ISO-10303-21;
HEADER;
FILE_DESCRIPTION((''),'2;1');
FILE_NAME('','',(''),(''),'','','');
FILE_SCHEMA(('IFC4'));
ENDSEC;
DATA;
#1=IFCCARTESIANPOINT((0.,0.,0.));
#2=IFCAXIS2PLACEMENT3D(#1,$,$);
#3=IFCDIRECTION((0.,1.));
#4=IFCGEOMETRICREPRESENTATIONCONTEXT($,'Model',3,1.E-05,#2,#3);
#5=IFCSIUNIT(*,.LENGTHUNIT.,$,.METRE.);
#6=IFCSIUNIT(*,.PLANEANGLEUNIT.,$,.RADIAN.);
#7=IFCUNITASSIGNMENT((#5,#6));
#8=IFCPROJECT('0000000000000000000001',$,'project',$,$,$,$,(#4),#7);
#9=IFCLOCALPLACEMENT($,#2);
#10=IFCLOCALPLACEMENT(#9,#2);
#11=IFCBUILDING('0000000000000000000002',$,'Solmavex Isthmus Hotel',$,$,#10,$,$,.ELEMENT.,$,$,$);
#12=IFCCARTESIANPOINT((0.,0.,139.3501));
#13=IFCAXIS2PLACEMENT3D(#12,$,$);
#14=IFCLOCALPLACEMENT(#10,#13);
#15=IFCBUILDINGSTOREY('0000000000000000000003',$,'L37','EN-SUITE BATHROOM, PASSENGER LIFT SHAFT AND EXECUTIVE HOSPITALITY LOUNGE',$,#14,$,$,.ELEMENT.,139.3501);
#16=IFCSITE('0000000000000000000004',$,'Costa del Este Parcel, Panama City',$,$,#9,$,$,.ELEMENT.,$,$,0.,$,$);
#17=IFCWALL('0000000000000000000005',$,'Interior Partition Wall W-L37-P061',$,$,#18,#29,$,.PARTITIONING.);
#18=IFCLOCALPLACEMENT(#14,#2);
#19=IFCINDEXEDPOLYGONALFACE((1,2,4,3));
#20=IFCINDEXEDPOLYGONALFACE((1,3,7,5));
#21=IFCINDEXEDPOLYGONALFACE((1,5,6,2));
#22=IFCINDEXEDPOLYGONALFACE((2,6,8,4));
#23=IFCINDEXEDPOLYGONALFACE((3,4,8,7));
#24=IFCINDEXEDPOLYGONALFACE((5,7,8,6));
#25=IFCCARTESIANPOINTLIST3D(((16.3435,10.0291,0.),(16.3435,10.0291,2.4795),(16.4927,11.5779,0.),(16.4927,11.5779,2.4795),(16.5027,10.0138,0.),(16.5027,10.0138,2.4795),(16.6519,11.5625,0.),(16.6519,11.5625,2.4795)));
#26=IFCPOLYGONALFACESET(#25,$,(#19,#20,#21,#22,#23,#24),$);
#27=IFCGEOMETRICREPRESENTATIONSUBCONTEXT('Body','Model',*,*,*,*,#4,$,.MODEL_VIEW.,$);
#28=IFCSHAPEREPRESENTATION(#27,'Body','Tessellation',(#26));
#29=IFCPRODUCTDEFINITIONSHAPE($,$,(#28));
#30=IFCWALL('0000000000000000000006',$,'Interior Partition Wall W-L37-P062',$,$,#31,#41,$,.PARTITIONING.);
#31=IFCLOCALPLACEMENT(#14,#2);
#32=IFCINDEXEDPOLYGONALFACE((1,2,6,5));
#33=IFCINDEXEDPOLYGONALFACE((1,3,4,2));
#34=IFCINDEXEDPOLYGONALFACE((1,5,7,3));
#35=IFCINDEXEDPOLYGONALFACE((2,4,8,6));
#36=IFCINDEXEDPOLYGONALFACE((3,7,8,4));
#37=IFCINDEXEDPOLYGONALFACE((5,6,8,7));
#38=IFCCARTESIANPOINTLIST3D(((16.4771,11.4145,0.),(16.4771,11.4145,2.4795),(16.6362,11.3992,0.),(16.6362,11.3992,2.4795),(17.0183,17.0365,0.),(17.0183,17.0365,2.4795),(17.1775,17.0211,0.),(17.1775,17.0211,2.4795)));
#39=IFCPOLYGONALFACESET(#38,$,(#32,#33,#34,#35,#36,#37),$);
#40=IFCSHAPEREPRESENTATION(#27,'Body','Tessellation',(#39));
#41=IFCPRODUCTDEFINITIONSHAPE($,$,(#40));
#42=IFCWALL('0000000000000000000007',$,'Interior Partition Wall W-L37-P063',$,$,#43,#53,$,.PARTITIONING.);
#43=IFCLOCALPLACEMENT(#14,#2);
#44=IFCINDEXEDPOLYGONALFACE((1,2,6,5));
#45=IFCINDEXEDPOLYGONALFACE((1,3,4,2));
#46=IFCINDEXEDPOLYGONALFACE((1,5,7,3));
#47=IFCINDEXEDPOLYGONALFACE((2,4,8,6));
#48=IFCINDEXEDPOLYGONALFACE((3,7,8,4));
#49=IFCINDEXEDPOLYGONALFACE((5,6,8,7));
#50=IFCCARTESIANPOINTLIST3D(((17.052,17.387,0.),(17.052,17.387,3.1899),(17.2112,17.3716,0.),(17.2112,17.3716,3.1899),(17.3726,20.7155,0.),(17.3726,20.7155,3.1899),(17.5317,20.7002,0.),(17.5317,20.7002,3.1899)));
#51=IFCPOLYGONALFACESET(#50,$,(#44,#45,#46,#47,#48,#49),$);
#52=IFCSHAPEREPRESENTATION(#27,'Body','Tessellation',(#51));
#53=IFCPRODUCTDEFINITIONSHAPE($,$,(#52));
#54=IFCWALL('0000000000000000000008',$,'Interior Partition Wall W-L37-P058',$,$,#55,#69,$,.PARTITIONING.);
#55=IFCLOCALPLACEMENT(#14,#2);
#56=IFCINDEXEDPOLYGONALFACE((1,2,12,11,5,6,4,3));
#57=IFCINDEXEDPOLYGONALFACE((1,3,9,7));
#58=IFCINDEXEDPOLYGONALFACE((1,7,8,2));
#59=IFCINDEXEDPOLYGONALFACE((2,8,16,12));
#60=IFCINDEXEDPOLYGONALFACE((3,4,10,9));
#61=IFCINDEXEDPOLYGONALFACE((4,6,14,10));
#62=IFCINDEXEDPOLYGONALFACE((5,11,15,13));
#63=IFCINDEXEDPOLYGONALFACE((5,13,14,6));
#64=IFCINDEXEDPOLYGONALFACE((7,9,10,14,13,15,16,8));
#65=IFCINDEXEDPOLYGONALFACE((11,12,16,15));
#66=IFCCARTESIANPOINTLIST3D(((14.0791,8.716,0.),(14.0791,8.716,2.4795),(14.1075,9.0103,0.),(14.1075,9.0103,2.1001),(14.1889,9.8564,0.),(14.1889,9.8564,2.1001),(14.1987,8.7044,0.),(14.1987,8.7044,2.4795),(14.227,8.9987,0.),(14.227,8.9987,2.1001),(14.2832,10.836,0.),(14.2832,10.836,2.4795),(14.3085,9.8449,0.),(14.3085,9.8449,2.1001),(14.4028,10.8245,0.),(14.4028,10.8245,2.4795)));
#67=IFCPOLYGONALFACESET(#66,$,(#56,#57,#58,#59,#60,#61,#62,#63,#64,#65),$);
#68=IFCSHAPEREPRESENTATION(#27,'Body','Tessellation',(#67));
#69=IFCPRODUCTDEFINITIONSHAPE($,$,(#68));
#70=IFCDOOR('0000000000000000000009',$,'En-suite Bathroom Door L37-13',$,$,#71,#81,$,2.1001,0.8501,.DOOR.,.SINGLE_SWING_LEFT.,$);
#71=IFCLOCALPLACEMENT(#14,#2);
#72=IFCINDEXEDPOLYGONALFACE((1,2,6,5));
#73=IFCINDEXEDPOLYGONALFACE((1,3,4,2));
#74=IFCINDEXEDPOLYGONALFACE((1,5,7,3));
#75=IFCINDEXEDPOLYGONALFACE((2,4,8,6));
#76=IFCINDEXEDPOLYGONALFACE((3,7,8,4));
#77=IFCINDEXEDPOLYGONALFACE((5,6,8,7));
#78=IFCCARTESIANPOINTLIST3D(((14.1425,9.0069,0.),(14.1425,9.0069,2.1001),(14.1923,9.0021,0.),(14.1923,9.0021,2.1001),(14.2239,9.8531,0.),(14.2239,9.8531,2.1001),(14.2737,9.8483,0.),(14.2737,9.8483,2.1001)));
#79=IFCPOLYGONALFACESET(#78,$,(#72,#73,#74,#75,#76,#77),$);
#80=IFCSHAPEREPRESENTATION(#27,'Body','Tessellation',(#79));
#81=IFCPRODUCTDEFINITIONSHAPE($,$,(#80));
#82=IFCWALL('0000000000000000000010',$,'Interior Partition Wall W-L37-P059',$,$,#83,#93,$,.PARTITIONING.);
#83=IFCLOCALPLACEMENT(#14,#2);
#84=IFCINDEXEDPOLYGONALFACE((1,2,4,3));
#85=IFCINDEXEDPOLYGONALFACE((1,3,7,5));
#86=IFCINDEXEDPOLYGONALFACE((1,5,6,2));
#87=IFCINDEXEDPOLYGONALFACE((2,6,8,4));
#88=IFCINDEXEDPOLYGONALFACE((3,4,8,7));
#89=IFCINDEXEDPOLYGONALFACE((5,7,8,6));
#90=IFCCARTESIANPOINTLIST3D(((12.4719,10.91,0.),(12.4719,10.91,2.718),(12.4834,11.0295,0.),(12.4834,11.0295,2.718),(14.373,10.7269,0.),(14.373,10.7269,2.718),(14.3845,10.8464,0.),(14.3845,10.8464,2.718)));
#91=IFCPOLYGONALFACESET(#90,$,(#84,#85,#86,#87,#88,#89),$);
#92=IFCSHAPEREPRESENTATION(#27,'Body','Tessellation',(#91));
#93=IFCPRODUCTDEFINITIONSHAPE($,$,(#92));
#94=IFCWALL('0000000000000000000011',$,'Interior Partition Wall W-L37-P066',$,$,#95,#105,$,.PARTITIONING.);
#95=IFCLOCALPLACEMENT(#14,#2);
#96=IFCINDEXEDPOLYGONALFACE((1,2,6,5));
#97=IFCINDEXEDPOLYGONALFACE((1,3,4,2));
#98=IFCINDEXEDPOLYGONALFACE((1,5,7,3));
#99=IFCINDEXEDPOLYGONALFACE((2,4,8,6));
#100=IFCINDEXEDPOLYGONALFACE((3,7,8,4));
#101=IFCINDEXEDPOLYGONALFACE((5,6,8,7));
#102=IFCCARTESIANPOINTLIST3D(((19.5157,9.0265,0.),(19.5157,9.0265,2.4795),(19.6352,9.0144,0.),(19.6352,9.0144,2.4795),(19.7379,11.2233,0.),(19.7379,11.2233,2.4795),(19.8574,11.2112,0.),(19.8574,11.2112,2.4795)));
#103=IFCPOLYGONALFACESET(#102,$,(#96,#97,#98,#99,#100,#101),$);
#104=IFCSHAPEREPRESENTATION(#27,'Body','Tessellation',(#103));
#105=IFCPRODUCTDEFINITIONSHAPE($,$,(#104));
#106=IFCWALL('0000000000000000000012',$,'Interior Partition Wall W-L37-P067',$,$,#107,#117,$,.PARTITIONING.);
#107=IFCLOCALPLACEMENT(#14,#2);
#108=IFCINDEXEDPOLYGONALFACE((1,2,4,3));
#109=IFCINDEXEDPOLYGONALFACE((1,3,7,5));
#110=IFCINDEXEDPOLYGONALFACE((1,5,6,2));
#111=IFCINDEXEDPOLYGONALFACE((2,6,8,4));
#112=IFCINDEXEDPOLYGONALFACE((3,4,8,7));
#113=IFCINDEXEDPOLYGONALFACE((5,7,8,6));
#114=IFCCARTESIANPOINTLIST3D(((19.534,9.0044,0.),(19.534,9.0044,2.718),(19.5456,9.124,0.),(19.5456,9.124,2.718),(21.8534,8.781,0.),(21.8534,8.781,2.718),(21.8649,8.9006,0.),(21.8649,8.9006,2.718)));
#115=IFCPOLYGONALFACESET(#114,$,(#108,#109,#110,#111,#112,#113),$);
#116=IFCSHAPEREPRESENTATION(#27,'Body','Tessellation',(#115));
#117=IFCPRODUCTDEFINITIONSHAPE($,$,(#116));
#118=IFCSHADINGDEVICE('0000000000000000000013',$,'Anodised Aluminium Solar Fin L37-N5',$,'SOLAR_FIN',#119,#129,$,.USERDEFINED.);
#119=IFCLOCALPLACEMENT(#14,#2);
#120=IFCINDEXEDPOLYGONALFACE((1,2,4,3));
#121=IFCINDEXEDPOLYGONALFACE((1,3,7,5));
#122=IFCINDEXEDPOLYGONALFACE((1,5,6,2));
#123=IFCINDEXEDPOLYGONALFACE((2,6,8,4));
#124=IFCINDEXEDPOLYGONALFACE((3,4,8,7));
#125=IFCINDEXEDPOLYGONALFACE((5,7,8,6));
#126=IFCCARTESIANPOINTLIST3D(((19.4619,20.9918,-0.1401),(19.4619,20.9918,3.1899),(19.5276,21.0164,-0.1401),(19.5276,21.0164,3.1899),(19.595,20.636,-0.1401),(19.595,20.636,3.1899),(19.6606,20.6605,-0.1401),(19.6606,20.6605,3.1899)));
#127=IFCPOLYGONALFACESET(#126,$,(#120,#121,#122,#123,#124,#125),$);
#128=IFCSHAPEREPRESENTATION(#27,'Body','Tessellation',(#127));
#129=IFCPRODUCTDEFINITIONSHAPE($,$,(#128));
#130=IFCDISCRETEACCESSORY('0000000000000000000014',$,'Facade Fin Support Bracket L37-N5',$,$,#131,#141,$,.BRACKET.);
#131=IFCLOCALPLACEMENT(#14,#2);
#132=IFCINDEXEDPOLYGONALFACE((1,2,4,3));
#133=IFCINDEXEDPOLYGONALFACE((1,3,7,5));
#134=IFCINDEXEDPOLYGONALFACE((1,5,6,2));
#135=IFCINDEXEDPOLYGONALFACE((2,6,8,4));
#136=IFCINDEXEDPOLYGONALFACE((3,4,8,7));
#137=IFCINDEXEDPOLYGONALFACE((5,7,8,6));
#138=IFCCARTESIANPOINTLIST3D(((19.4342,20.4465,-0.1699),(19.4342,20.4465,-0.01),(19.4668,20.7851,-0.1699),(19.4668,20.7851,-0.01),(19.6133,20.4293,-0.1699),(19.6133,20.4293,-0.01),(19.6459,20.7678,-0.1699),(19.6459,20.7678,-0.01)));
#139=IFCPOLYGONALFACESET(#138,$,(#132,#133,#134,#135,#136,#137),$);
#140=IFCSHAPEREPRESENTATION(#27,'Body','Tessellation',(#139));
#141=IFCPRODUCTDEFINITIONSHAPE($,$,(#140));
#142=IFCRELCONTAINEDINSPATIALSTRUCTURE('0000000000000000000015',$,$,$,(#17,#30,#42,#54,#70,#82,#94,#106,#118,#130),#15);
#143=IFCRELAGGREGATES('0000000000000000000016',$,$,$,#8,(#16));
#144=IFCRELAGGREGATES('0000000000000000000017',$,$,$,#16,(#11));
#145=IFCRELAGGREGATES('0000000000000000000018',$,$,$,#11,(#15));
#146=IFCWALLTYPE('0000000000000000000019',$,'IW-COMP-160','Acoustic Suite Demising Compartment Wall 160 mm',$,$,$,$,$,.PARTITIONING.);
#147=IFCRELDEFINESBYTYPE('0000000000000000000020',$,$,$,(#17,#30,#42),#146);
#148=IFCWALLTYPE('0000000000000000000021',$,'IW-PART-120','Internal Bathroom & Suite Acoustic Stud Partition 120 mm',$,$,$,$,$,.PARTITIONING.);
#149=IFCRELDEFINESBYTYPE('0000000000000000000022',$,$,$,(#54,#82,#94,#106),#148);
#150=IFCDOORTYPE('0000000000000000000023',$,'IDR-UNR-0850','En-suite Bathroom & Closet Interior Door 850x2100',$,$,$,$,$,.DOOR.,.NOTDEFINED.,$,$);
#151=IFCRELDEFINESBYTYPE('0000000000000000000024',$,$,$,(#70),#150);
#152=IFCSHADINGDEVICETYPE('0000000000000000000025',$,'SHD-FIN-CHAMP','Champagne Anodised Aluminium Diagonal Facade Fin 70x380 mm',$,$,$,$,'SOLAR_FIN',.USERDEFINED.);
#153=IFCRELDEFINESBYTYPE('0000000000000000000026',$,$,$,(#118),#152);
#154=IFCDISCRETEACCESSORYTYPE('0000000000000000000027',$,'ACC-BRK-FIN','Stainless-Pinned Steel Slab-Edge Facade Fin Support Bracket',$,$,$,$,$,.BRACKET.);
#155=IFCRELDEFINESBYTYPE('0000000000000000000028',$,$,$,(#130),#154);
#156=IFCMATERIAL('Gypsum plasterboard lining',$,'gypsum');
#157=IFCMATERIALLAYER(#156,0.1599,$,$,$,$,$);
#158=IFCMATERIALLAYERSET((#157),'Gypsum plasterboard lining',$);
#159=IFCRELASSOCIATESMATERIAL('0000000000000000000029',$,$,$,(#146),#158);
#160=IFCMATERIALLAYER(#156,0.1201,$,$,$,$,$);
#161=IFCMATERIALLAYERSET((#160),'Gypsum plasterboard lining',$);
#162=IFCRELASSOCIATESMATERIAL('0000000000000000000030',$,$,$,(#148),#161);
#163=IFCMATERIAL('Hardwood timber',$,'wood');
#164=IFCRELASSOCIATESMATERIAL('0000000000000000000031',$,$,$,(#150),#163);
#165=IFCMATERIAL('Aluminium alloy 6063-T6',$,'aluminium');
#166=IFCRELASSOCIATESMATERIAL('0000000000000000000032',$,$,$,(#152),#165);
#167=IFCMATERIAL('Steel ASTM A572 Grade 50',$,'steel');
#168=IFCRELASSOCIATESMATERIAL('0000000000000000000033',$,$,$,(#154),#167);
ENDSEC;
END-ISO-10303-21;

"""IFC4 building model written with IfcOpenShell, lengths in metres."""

from ifc_helpers import new_model, si_unit, direction, frame, frame_2d, origin, origin_2d, place, context, subcontext, project, spatial, rectangle, extrude, material, layer, layer_set, type_object, element, fill, save


model = new_model("IFC4")

# Units and contexts
model_context = context("Model", 3, precision=1e-05, world=origin(), true_north=direction((0.0, 1.0)))
body_context = subcontext(model_context, "Body", "Model", "MODEL_VIEW")
ifc_project = project(units=[si_unit("LENGTHUNIT", "METRE"), si_unit("PLANEANGLEUNIT", "RADIAN")], contexts=[model_context])

# Site, building, storey
site_placement = place(None, origin())
site = spatial("IfcSite", under=ifc_project, at=site_placement, Name="Costa del Este Parcel, Panama City", CompositionType="ELEMENT", RefElevation=0.0)
building_placement = place(site_placement, origin())
building = spatial("IfcBuilding", under=site, at=building_placement, Name="Solmavex Isthmus Hotel", CompositionType="ELEMENT")
storey_placement = place(building_placement, frame((0.0, 0.0, 139.3501)))
storey = spatial("IfcBuildingStorey", under=building, at=storey_placement, Name="L37", Description="EN-SUITE BATHROOM, PASSENGER LIFT SHAFT AND EXECUTIVE HOSPITALITY LOUNGE", CompositionType="ELEMENT", Elevation=139.3501)

# Shared definitions
ifc_material_1 = material(Name="Aluminium alloy 6063-T6", Category="aluminium")

# Walls
ifc_material_2 = material(Name="Gypsum plasterboard lining", Category="gypsum")
ifc_layer_1 = layer(ifc_material_2, 0.1599)
ifc_layer_set_1 = layer_set([ifc_layer_1], Name="Gypsum plasterboard lining")
wall_type_1 = type_object("IfcWallType", Name="IW-COMP-160", Description="Acoustic Suite Demising Compartment Wall 160 mm", PredefinedType="PARTITIONING", material=ifc_layer_set_1)
wall_1_placement = place(storey_placement, frame((16.5723, 11.5701, 0.0), z_axis=(0.0, 0.0, 1.0), x_axis=(-0.095868, -0.995394, 0.0)))
element("IfcWall", 1, at=wall_1_placement, inside=storey, type_object=wall_type_1, Name="Interior Partition Wall W-L37-P061", PredefinedType="PARTITIONING", context=body_context, shape_type="SweptSolid", body=[
    extrude(rectangle(XDim=1.5559, YDim=0.1599, at=frame_2d((0.7778, 0.0))), origin(), (0.0, 0.0, 1.0), 2.4795),
])
wall_2_placement = place(storey_placement, frame((17.0979, 17.0288, 0.0), z_axis=(0.0, 0.0, 1.0), x_axis=(-0.095831, -0.995398, 0.0)))
element("IfcWall", 2, at=wall_2_placement, inside=storey, type_object=wall_type_1, Name="Interior Partition Wall W-L37-P062", PredefinedType="PARTITIONING", context=body_context, shape_type="SweptSolid", body=[
    extrude(rectangle(XDim=5.6479, YDim=0.1599, at=frame_2d((2.824, 0.0))), origin(), (0.0, 0.0, 1.0), 2.4795),
])
wall_3_placement = place(storey_placement, frame((17.4521, 20.7078, 0.0), z_axis=(0.0, 0.0, 1.0), x_axis=(-0.09586, -0.995395, 0.0)))
element("IfcWall", 3, at=wall_3_placement, inside=storey, type_object=wall_type_1, Name="Interior Partition Wall W-L37-P063", PredefinedType="PARTITIONING", context=body_context, shape_type="SweptSolid", body=[
    extrude(rectangle(XDim=3.344, YDim=0.1599, at=frame_2d((1.6719, 0.0))), origin(), (0.0, 0.0, 1.0), 3.1899),
])

# Wall, opening, door
ifc_material_3 = material(Name="Hardwood timber", Category="wood")
ifc_layer_2 = layer(ifc_material_2, 0.1201)
ifc_layer_set_2 = layer_set([ifc_layer_2], Name="Gypsum plasterboard lining")
wall_type_2 = type_object("IfcWallType", Name="IW-PART-120", Description="Internal Bathroom & Suite Acoustic Stud Partition 120 mm", PredefinedType="PARTITIONING", material=ifc_layer_set_2)
wall_4_placement = place(storey_placement, frame((14.1389, 8.7102, 0.0), z_axis=(0.0, 0.0, 1.0), x_axis=(0.095826, 0.995398, 0.0)))
wall_4 = element("IfcWall", 4, at=wall_4_placement, inside=storey, type_object=wall_type_2, Name="Interior Partition Wall W-L37-P058", PredefinedType="PARTITIONING", context=body_context, shape_type="SweptSolid", body=[
    extrude(rectangle(XDim=2.1299, YDim=0.1201, at=frame_2d((1.0649, 0.0))), origin(), (0.0, 0.0, 1.0), 2.4795),
])
opening_1_placement = place(wall_4_placement, frame((0.2957, 0.0, 0.0)))
opening_1 = element("IfcOpeningElement", 5, at=opening_1_placement, cuts=wall_4, PredefinedType="OPENING", context=body_context, shape_type="SweptSolid", body=[
    extrude(rectangle(XDim=0.8501, YDim=2.1001, at=frame_2d((0.425, 1.05))), frame((0.0, 0.0701, 0.0), z_axis=(0.0, -1.0, 0.0), x_axis=(1.0, 0.0, 0.0)), (0.0, 0.0, 1.0), 0.1401),
])
door_type_1 = type_object("IfcDoorType", Name="IDR-UNR-0850", Description="En-suite Bathroom & Closet Interior Door 850x2100", OperationType="NOTDEFINED", PredefinedType="DOOR", material=ifc_material_3)
door_1_placement = place(opening_1_placement, origin())
door_1 = element("IfcDoor", 6, at=door_1_placement, inside=storey, type_object=door_type_1, Name="En-suite Bathroom Door L37-13", OperationType="SINGLE_SWING_LEFT", OverallHeight=2.1001, OverallWidth=0.8501, PredefinedType="DOOR", context=body_context, shape_type="SweptSolid", body=[
    extrude(rectangle(XDim=0.8501, YDim=2.1001, at=frame_2d((0.425, 1.05))), frame((0.0, 0.0249, 0.0), z_axis=(0.0, -1.0, 0.0), x_axis=(1.0, 0.0, 0.0)), (0.0, 0.0, 1.0), 0.05),
])
fill(opening_1, door_1)

# Walls
wall_5_placement = place(storey_placement, frame((14.3789, 10.7866, 0.0), z_axis=(0.0, 0.0, 1.0), x_axis=(-0.995394, 0.095871, 0.0)))
element("IfcWall", 7, at=wall_5_placement, inside=storey, type_object=wall_type_2, Name="Interior Partition Wall W-L37-P059", PredefinedType="PARTITIONING", context=body_context, shape_type="SweptSolid", body=[
    extrude(rectangle(XDim=1.9099, YDim=0.1201, at=frame_2d((0.9551, 0.0))), origin(), (0.0, 0.0, 1.0), 2.718),
])
wall_6_placement = place(storey_placement, frame((19.7976, 11.2173, 0.0), z_axis=(0.0, 0.0, 1.0), x_axis=(-0.10062, -0.994925, 0.0)))
element("IfcWall", 8, at=wall_6_placement, inside=storey, type_object=wall_type_2, Name="Interior Partition Wall W-L37-P066", PredefinedType="PARTITIONING", context=body_context, shape_type="SweptSolid", body=[
    extrude(rectangle(XDim=2.208, YDim=0.1201, at=frame_2d((1.104, 0.0))), origin(), (0.0, 0.0, 1.0), 2.4795),
])
wall_7_placement = place(storey_placement, frame((19.5398, 9.0642, 0.0), z_axis=(0.0, 0.0, 1.0), x_axis=(0.995394, -0.095872, 0.0)))
element("IfcWall", 9, at=wall_7_placement, inside=storey, type_object=wall_type_2, Name="Interior Partition Wall W-L37-P067", PredefinedType="PARTITIONING", context=body_context, shape_type="SweptSolid", body=[
    extrude(rectangle(XDim=2.3301, YDim=0.1201, at=frame_2d((1.165, 0.0))), origin(), (0.0, 0.0, 1.0), 2.718),
])

# Shading device
shading_device_type = type_object("IfcShadingDeviceType", Name="SHD-FIN-CHAMP", Description="Champagne Anodised Aluminium Diagonal Facade Fin 70x380 mm", ElementType="SOLAR_FIN", PredefinedType="USERDEFINED", material=ifc_material_1)
shading_device_placement = place(storey_placement, frame((19.5613, 20.8262, -0.1401), z_axis=(0.0, 0.0, 1.0), x_axis=(-0.350207, 0.936672, 0.0)))
element("IfcShadingDevice", 10, at=shading_device_placement, inside=storey, type_object=shading_device_type, Name="Anodised Aluminium Solar Fin L37-N5", ObjectType="SOLAR_FIN", PredefinedType="USERDEFINED", context=body_context, shape_type="SweptSolid", body=[
    extrude(rectangle(XDim=0.3799, YDim=0.0701, at=origin_2d()), origin(), (0.0, 0.0, 1.0), 3.3301),
])

# Discrete accessory
ifc_material_4 = material(Name="Steel ASTM A572 Grade 50", Category="steel")
discrete_accessory_type = type_object("IfcDiscreteAccessoryType", Name="ACC-BRK-FIN", Description="Stainless-Pinned Steel Slab-Edge Facade Fin Support Bracket", PredefinedType="BRACKET", material=ifc_material_4)
discrete_accessory_placement = place(storey_placement, frame((19.54, 20.6072, -0.1699), z_axis=(0.0, 0.0, 1.0), x_axis=(0.095846, 0.995396, 0.0)))
element("IfcDiscreteAccessory", 11, at=discrete_accessory_placement, inside=storey, type_object=discrete_accessory_type, Name="Facade Fin Support Bracket L37-N5", PredefinedType="BRACKET", context=body_context, shape_type="SweptSolid", body=[
    extrude(rectangle(XDim=0.3401, YDim=0.1799, at=origin_2d()), origin(), (0.0, 0.0, 1.0), 0.1599),
])

save(model, "model.ifc")
